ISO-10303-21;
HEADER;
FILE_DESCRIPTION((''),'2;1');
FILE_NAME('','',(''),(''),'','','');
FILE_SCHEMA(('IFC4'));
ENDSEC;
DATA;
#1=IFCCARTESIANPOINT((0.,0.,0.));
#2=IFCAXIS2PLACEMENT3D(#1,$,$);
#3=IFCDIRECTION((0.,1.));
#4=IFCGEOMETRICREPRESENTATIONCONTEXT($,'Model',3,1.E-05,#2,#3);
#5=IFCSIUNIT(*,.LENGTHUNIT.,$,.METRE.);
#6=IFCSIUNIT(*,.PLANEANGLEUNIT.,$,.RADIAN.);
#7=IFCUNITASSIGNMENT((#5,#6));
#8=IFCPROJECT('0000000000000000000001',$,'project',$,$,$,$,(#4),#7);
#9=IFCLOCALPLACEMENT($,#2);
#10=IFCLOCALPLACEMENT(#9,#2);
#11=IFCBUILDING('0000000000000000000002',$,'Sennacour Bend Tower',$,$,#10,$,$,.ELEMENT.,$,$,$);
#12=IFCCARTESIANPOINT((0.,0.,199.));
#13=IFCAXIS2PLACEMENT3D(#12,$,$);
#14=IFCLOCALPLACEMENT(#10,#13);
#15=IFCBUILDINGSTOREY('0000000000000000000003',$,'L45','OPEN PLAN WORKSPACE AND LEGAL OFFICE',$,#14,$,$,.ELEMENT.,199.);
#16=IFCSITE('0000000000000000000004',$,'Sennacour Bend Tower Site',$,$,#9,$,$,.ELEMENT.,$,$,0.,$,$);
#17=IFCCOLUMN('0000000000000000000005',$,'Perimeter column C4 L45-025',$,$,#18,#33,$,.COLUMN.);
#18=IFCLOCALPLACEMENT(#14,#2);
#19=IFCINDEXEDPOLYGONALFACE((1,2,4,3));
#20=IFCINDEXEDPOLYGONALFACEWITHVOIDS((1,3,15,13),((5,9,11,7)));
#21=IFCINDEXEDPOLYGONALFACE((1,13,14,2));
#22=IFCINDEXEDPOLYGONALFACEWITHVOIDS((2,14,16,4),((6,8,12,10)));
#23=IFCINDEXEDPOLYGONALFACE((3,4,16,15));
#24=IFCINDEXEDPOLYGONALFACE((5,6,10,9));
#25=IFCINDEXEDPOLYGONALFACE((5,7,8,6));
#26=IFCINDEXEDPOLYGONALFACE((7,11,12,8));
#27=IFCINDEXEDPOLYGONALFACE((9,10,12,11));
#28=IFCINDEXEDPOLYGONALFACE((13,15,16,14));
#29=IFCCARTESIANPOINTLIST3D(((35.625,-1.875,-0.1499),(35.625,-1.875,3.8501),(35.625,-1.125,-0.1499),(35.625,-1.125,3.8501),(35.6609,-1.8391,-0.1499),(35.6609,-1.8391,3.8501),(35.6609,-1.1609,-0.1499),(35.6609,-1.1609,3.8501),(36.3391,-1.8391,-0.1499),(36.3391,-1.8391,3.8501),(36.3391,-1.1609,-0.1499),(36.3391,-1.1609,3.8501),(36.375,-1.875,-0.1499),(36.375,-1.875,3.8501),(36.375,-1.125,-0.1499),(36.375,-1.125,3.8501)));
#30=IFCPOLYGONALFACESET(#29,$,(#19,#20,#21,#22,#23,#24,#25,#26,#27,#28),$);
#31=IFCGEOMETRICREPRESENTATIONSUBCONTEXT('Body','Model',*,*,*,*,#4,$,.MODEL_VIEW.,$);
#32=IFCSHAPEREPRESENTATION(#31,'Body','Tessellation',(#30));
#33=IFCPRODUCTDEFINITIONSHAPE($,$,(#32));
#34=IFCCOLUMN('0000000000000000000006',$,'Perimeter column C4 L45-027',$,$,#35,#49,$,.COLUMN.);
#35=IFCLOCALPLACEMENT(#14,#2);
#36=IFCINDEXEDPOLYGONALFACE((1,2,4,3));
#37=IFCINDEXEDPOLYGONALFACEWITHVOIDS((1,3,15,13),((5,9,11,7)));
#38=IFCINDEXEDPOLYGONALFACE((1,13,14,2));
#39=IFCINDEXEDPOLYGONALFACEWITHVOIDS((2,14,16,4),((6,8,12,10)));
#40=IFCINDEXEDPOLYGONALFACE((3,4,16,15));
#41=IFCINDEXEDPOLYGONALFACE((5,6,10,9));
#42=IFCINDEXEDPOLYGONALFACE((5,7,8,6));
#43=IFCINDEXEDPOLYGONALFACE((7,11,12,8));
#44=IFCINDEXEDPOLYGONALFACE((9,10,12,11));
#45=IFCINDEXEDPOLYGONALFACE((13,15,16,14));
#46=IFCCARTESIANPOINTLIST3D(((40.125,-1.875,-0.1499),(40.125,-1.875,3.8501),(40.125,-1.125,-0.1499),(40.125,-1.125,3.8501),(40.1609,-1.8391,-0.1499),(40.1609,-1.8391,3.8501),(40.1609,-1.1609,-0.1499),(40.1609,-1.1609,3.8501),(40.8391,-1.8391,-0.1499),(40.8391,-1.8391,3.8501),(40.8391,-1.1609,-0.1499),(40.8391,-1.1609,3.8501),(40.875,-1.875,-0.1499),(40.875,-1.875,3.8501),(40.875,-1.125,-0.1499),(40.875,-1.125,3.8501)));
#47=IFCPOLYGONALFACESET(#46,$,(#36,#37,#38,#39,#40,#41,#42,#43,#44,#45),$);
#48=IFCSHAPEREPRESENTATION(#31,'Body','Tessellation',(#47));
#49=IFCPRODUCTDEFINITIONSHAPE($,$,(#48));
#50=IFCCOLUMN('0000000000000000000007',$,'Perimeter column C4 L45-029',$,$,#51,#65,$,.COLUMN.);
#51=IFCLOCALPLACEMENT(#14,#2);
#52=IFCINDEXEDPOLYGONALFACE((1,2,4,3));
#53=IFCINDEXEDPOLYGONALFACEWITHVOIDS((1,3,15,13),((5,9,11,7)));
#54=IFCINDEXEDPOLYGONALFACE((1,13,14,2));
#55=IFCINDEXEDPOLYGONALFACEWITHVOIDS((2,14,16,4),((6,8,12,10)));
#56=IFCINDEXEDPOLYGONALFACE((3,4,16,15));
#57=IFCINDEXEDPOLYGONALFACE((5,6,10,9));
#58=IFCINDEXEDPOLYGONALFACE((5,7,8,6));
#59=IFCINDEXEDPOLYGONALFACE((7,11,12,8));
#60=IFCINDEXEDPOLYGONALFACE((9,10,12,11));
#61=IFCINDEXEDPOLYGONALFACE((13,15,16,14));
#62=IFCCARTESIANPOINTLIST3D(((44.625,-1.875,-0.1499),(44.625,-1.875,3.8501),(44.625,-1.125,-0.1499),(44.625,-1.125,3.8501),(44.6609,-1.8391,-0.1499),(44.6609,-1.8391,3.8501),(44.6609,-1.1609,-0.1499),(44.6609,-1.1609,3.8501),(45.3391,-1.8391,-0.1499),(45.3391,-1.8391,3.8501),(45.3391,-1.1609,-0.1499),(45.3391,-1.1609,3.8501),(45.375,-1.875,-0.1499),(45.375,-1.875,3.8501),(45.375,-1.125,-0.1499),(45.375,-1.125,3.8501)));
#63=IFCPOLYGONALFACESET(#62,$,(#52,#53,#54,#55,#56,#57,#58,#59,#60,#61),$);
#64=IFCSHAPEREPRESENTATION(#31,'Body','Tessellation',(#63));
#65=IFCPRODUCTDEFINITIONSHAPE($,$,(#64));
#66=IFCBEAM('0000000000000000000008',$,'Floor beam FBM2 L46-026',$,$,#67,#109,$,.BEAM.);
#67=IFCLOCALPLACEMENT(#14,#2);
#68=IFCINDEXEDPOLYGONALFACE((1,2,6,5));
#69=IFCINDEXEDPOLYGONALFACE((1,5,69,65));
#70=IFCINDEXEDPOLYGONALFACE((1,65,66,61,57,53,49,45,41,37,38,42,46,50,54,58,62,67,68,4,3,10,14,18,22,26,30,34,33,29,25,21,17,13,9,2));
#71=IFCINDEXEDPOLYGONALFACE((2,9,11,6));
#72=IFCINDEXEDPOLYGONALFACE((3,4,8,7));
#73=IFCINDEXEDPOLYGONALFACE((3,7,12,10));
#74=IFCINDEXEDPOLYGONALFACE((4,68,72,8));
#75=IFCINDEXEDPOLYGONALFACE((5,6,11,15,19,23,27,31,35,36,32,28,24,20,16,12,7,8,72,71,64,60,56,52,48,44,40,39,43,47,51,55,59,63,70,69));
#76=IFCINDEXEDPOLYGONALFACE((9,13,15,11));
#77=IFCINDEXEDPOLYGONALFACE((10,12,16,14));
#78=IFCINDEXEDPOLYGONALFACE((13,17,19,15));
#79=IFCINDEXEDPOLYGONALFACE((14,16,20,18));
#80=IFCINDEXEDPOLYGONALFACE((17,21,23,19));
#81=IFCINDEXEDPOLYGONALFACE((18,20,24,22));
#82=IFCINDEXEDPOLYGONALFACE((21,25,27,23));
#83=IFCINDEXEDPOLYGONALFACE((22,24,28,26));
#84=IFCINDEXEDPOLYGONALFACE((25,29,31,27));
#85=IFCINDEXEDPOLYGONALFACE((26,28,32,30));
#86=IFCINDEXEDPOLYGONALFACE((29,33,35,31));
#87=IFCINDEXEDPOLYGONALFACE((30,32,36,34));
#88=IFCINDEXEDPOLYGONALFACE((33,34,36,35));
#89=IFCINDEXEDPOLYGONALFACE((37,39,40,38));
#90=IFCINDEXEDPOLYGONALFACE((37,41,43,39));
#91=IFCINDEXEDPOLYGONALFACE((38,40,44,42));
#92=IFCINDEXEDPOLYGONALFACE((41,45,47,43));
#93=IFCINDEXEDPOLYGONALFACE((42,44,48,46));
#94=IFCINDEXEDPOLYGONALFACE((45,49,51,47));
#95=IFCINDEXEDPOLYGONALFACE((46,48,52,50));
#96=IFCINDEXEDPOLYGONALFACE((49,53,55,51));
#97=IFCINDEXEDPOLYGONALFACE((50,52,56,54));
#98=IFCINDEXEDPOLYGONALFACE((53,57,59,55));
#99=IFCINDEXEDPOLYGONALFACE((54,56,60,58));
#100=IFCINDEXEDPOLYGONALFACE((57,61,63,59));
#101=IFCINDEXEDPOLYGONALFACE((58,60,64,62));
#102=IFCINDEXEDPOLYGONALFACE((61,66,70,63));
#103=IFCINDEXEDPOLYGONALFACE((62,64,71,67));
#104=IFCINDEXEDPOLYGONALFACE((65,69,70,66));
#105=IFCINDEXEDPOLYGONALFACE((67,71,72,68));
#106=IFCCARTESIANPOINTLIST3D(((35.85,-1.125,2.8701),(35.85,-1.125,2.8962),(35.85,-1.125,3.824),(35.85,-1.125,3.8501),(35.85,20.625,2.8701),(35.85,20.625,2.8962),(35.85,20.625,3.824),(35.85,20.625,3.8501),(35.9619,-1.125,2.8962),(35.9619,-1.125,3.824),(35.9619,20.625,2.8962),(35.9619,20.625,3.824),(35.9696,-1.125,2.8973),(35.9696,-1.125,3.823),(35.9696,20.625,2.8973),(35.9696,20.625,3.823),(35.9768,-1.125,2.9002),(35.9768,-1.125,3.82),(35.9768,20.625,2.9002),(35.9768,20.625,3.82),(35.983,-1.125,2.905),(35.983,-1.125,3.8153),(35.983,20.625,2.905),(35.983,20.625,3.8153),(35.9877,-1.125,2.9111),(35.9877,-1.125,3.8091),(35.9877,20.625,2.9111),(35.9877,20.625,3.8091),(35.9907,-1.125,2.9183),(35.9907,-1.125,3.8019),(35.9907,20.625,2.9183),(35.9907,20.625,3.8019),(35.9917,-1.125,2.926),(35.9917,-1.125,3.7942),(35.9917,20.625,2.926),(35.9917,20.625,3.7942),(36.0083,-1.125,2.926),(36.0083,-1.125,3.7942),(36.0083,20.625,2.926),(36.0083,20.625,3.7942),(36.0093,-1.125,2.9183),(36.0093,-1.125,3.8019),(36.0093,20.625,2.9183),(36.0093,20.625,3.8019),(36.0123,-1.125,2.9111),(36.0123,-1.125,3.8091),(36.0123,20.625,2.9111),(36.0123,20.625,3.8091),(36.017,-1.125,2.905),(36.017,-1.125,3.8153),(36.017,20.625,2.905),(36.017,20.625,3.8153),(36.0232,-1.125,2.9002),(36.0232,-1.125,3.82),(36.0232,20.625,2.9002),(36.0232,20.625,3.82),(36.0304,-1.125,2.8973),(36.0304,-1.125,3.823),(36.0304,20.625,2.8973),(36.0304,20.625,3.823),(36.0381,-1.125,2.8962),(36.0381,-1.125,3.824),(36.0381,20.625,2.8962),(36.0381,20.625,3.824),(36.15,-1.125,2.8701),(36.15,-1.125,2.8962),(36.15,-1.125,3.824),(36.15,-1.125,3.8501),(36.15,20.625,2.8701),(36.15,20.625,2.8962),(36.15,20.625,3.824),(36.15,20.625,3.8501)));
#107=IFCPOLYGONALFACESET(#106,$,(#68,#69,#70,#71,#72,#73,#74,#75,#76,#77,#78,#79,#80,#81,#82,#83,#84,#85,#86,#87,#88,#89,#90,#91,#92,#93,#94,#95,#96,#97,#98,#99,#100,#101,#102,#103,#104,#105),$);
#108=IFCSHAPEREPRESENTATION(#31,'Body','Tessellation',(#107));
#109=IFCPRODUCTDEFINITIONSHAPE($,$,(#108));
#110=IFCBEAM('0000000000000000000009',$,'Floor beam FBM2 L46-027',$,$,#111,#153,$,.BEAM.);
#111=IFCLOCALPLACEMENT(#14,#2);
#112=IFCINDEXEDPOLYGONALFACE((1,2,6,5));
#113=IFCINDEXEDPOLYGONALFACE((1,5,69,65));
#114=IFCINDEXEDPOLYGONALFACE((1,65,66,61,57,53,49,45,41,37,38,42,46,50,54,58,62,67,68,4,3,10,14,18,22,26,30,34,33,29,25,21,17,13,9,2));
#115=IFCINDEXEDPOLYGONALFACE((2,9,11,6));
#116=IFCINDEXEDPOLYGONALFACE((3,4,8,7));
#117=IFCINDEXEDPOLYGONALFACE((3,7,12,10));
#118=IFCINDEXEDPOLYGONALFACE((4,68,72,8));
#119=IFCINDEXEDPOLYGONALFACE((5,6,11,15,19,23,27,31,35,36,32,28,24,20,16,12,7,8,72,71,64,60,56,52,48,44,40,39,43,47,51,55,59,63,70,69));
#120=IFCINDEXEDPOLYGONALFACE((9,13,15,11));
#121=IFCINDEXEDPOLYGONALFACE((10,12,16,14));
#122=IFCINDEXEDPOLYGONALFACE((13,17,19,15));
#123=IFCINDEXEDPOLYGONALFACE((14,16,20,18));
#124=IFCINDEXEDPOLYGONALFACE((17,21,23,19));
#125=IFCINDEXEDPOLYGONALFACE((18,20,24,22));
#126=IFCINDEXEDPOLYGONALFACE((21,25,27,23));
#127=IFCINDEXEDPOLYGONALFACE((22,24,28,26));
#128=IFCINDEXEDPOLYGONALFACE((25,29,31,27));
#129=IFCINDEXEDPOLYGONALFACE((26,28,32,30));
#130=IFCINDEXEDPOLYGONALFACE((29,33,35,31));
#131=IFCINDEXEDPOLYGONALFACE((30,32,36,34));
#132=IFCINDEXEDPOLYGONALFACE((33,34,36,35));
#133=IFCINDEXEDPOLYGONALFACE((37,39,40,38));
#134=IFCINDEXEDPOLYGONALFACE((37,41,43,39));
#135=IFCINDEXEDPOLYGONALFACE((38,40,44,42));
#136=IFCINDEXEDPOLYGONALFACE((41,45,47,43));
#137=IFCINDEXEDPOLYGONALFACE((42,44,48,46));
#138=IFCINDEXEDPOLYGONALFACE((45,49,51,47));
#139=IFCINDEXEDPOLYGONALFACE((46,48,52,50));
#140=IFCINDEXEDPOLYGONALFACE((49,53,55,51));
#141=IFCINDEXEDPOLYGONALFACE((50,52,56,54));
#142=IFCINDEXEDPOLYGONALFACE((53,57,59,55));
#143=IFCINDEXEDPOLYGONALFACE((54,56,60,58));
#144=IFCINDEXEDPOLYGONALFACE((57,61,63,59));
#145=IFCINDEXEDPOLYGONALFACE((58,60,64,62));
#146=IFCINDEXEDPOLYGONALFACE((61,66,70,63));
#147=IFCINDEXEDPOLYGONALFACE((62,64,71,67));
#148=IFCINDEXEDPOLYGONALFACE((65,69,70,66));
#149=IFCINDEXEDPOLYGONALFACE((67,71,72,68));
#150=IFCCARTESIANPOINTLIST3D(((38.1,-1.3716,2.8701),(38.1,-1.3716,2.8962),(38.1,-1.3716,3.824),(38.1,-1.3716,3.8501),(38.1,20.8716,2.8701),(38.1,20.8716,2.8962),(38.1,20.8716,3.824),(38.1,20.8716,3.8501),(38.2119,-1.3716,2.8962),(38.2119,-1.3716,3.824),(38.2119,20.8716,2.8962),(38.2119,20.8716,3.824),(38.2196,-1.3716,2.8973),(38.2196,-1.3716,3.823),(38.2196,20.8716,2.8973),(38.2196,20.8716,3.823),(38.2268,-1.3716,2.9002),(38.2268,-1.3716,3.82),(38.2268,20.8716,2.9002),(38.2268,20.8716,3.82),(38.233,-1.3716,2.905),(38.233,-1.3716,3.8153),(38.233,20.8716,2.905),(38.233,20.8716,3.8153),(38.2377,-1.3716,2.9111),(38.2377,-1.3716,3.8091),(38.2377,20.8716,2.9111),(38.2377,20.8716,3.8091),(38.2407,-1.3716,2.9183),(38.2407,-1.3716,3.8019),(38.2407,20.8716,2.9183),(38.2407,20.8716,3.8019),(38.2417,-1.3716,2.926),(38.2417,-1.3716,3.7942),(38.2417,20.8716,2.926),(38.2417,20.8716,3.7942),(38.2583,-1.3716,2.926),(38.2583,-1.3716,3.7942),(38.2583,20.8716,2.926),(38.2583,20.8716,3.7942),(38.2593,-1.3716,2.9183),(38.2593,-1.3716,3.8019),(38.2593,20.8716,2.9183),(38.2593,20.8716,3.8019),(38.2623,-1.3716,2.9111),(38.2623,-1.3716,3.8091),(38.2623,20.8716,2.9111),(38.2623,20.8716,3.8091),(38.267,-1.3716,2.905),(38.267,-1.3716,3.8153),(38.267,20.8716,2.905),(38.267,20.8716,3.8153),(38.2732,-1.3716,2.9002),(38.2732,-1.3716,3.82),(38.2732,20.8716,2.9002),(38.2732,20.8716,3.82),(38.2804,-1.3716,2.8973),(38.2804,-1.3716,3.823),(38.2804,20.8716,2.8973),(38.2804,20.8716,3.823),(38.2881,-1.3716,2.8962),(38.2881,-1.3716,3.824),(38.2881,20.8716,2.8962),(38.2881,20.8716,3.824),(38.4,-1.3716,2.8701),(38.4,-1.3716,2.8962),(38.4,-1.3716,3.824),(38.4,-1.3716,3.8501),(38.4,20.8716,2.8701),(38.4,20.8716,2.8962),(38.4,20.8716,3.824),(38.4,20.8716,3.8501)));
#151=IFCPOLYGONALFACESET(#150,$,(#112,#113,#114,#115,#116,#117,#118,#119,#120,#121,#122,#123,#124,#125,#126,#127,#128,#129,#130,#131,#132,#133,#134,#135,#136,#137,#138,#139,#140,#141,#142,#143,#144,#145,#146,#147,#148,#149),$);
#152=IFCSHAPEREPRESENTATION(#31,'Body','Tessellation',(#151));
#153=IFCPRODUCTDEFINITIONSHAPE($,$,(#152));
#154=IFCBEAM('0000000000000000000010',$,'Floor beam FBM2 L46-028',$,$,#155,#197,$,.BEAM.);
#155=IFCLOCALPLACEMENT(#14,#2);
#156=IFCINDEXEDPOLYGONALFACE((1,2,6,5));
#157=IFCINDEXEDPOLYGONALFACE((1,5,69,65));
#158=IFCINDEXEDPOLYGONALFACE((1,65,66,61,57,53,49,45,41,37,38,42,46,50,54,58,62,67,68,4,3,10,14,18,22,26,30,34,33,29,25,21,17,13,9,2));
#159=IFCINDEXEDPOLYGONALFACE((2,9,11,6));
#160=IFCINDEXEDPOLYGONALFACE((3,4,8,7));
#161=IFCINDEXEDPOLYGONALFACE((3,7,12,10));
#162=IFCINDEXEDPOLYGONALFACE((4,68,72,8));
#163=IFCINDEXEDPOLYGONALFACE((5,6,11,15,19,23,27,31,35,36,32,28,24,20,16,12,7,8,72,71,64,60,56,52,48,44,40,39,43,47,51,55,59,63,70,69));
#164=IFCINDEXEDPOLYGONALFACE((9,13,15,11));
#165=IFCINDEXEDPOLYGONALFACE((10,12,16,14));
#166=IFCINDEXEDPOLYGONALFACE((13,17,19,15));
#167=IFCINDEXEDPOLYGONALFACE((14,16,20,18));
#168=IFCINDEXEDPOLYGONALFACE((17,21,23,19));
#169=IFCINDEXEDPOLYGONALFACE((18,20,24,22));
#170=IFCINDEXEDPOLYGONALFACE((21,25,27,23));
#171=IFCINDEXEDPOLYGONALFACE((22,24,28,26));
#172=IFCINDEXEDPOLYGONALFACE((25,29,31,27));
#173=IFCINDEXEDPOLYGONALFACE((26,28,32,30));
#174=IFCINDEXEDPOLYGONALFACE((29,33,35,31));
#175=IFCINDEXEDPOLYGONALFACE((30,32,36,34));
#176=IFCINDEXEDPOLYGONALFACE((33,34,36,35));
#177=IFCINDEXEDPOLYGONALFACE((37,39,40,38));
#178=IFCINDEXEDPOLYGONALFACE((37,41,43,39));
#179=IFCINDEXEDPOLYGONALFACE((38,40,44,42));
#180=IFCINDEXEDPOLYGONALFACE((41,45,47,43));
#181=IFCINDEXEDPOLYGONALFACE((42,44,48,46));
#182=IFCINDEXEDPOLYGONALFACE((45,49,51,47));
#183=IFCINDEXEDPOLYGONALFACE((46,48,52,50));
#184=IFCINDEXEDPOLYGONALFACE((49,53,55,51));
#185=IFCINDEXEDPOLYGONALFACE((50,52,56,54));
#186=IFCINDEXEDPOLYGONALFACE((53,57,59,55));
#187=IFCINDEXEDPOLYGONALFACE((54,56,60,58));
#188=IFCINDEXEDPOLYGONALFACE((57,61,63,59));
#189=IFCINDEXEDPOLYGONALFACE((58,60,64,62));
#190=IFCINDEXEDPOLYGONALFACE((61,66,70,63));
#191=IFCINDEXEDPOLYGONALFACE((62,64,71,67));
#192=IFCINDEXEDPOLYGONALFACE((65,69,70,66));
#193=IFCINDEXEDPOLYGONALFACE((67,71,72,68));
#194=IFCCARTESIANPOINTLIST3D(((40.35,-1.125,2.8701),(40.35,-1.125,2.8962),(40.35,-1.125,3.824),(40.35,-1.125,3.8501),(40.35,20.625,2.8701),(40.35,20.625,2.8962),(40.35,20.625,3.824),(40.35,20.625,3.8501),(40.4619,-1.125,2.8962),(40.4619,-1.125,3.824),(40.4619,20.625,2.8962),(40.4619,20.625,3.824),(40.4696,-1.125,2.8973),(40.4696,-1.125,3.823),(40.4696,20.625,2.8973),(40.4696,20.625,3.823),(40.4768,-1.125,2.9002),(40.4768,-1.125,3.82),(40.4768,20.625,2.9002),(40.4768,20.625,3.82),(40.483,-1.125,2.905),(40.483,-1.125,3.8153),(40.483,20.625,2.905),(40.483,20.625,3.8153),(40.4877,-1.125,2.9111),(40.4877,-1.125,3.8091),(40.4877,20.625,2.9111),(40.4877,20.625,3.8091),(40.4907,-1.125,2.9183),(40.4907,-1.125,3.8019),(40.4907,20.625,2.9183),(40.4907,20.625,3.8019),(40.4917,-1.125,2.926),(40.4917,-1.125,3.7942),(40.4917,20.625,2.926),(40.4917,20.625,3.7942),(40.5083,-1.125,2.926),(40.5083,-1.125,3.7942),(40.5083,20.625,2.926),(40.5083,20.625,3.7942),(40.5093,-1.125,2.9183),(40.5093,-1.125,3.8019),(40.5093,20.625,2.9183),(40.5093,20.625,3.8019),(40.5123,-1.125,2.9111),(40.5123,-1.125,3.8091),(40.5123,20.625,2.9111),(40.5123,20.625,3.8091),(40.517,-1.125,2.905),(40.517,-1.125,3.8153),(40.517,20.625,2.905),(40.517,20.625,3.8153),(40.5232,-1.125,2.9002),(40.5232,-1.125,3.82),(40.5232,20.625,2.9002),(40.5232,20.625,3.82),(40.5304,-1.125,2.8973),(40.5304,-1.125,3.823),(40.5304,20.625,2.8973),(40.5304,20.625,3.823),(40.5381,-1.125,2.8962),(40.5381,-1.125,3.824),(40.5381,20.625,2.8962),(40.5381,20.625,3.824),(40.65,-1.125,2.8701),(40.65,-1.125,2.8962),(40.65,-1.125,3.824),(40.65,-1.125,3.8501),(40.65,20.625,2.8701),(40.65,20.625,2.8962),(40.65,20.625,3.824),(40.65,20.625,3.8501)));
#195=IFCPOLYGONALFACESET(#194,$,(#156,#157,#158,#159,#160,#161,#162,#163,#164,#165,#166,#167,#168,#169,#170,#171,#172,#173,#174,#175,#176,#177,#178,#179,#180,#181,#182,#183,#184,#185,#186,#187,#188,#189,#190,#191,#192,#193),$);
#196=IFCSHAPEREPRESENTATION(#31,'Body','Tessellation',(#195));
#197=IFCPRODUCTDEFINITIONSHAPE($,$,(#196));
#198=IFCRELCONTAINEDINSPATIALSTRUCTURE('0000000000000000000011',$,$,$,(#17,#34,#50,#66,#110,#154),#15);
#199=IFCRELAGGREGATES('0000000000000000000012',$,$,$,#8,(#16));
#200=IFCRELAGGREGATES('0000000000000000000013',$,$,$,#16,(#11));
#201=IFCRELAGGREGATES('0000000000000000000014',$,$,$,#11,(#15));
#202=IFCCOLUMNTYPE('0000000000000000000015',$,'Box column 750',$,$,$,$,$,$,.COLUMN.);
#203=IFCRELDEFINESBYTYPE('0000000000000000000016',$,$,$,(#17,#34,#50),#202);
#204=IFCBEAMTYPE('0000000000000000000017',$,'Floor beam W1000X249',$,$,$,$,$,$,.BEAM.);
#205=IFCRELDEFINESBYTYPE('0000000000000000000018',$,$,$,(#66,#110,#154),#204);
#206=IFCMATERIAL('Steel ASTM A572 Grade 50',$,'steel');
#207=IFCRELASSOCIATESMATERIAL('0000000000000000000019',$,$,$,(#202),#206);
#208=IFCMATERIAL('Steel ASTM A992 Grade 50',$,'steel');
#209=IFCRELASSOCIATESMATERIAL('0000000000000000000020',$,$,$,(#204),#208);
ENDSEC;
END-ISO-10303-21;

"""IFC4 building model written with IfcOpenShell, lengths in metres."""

from ifc_helpers import new_model, si_unit, direction, frame, origin, origin_2d, place, context, subcontext, project, spatial, hollow_rectangle, i_section, extrude, material, material_profile, profile_set, type_object, element, save


model = new_model("IFC4")

# Units and contexts
model_context = context("Model", 3, precision=1e-05, world=origin(), true_north=direction((0.0, 1.0)))
body_context = subcontext(model_context, "Body", "Model", "MODEL_VIEW")
ifc_project = project(units=[si_unit("LENGTHUNIT", "METRE"), si_unit("PLANEANGLEUNIT", "RADIAN")], contexts=[model_context])

# Site, building, storey
site_placement = place(None, origin())
site = spatial("IfcSite", under=ifc_project, at=site_placement, Name="Sennacour Bend Tower Site", CompositionType="ELEMENT", RefElevation=0.0)
building_placement = place(site_placement, origin())
building = spatial("IfcBuilding", under=site, at=building_placement, Name="Sennacour Bend Tower", CompositionType="ELEMENT")
storey_placement = place(building_placement, frame((0.0, 0.0, 199.0)))
storey = spatial("IfcBuildingStorey", under=building, at=storey_placement, Name="L45", Description="OPEN PLAN WORKSPACE AND LEGAL OFFICE", CompositionType="ELEMENT", Elevation=199.0)

# Columns
ifc_material_1 = material(Name="Steel ASTM A572 Grade 50", Category="steel")
ifc_material_profile_1 = material_profile(ifc_material_1, hollow_rectangle(XDim=0.75, YDim=0.75, WallThickness=0.0359, at=origin_2d()), Name="Steel ASTM A572 Grade 50", Category="steel")
ifc_profile_set_1 = profile_set([ifc_material_profile_1], Name="Steel ASTM A572 Grade 50")
column_type = type_object("IfcColumnType", Name="Box column 750", PredefinedType="COLUMN", material=ifc_profile_set_1)
for number, where, z_axis, x_axis, name in (
    (1, (36.0, -1.5, -0.1499), (0.0, 0.0, 1.0), (1.0, 0.0, 0.0), "Perimeter column C4 L45-025"),
    (2, (40.5, -1.5, -0.1499), (0.0, 0.0, 1.0), (1.0, 0.0, 0.0), "Perimeter column C4 L45-027"),
    (3, (45.0, -1.5, -0.1499), (0.0, 0.0, 1.0), (1.0, 0.0, 0.0), "Perimeter column C4 L45-029"),
):
    element("IfcColumn", number, at=place(storey_placement, frame(where, z_axis=z_axis, x_axis=x_axis)), inside=storey, type_object=column_type, Name=name, PredefinedType="COLUMN", context=body_context, shape_type="SweptSolid", body=[
        extrude(hollow_rectangle(XDim=0.75, YDim=0.75, WallThickness=0.0359, at=origin_2d()), origin(), (0.0, 0.0, 1.0), 4.0),
    ])

# Beams
ifc_material_2 = material(Name="Steel ASTM A992 Grade 50", Category="steel")
ifc_material_profile_2 = material_profile(ifc_material_2, i_section(OverallWidth=0.3, OverallDepth=0.98, WebThickness=0.0166, FlangeThickness=0.0261, FilletRadius=0.0298, at=origin_2d()), Name="Steel ASTM A992 Grade 50", Category="steel")
ifc_profile_set_2 = profile_set([ifc_material_profile_2], Name="Steel ASTM A992 Grade 50")
beam_type_1 = type_object("IfcBeamType", Name="Floor beam W1000X249", PredefinedType="BEAM", material=ifc_profile_set_2)
beam_1_placement = place(storey_placement, frame((36.0, -1.125, 3.3601), z_axis=(0.0, 1.0, 0.0), x_axis=(-1.0, 0.0, 0.0)))
element("IfcBeam", 4, at=beam_1_placement, inside=storey, type_object=beam_type_1, Name="Floor beam FBM2 L46-026", PredefinedType="BEAM", context=body_context, shape_type="SweptSolid", body=[
    extrude(i_section(OverallWidth=0.3, OverallDepth=0.98, WebThickness=0.0166, FlangeThickness=0.0261, FilletRadius=0.0298, at=origin_2d()), origin(), (0.0, 0.0, 1.0), 21.75),
])
beam_2_placement = place(storey_placement, frame((38.25, -1.3716, 3.3601), z_axis=(0.0, 1.0, 0.0), x_axis=(-1.0, 0.0, 0.0)))
element("IfcBeam", 5, at=beam_2_placement, inside=storey, type_object=beam_type_1, Name="Floor beam FBM2 L46-027", PredefinedType="BEAM", context=body_context, shape_type="SweptSolid", body=[
    extrude(i_section(OverallWidth=0.3, OverallDepth=0.98, WebThickness=0.0166, FlangeThickness=0.0261, FilletRadius=0.0298, at=origin_2d()), origin(), (0.0, 0.0, 1.0), 22.2432),
])
beam_3_placement = place(storey_placement, frame((40.5, -1.125, 3.3601), z_axis=(0.0, 1.0, 0.0), x_axis=(-1.0, 0.0, 0.0)))
element("IfcBeam", 6, at=beam_3_placement, inside=storey, type_object=beam_type_1, Name="Floor beam FBM2 L46-028", PredefinedType="BEAM", context=body_context, shape_type="SweptSolid", body=[
    extrude(i_section(OverallWidth=0.3, OverallDepth=0.98, WebThickness=0.0166, FlangeThickness=0.0261, FilletRadius=0.0298, at=origin_2d()), origin(), (0.0, 0.0, 1.0), 21.75),
])

save(model, "model.ifc")
